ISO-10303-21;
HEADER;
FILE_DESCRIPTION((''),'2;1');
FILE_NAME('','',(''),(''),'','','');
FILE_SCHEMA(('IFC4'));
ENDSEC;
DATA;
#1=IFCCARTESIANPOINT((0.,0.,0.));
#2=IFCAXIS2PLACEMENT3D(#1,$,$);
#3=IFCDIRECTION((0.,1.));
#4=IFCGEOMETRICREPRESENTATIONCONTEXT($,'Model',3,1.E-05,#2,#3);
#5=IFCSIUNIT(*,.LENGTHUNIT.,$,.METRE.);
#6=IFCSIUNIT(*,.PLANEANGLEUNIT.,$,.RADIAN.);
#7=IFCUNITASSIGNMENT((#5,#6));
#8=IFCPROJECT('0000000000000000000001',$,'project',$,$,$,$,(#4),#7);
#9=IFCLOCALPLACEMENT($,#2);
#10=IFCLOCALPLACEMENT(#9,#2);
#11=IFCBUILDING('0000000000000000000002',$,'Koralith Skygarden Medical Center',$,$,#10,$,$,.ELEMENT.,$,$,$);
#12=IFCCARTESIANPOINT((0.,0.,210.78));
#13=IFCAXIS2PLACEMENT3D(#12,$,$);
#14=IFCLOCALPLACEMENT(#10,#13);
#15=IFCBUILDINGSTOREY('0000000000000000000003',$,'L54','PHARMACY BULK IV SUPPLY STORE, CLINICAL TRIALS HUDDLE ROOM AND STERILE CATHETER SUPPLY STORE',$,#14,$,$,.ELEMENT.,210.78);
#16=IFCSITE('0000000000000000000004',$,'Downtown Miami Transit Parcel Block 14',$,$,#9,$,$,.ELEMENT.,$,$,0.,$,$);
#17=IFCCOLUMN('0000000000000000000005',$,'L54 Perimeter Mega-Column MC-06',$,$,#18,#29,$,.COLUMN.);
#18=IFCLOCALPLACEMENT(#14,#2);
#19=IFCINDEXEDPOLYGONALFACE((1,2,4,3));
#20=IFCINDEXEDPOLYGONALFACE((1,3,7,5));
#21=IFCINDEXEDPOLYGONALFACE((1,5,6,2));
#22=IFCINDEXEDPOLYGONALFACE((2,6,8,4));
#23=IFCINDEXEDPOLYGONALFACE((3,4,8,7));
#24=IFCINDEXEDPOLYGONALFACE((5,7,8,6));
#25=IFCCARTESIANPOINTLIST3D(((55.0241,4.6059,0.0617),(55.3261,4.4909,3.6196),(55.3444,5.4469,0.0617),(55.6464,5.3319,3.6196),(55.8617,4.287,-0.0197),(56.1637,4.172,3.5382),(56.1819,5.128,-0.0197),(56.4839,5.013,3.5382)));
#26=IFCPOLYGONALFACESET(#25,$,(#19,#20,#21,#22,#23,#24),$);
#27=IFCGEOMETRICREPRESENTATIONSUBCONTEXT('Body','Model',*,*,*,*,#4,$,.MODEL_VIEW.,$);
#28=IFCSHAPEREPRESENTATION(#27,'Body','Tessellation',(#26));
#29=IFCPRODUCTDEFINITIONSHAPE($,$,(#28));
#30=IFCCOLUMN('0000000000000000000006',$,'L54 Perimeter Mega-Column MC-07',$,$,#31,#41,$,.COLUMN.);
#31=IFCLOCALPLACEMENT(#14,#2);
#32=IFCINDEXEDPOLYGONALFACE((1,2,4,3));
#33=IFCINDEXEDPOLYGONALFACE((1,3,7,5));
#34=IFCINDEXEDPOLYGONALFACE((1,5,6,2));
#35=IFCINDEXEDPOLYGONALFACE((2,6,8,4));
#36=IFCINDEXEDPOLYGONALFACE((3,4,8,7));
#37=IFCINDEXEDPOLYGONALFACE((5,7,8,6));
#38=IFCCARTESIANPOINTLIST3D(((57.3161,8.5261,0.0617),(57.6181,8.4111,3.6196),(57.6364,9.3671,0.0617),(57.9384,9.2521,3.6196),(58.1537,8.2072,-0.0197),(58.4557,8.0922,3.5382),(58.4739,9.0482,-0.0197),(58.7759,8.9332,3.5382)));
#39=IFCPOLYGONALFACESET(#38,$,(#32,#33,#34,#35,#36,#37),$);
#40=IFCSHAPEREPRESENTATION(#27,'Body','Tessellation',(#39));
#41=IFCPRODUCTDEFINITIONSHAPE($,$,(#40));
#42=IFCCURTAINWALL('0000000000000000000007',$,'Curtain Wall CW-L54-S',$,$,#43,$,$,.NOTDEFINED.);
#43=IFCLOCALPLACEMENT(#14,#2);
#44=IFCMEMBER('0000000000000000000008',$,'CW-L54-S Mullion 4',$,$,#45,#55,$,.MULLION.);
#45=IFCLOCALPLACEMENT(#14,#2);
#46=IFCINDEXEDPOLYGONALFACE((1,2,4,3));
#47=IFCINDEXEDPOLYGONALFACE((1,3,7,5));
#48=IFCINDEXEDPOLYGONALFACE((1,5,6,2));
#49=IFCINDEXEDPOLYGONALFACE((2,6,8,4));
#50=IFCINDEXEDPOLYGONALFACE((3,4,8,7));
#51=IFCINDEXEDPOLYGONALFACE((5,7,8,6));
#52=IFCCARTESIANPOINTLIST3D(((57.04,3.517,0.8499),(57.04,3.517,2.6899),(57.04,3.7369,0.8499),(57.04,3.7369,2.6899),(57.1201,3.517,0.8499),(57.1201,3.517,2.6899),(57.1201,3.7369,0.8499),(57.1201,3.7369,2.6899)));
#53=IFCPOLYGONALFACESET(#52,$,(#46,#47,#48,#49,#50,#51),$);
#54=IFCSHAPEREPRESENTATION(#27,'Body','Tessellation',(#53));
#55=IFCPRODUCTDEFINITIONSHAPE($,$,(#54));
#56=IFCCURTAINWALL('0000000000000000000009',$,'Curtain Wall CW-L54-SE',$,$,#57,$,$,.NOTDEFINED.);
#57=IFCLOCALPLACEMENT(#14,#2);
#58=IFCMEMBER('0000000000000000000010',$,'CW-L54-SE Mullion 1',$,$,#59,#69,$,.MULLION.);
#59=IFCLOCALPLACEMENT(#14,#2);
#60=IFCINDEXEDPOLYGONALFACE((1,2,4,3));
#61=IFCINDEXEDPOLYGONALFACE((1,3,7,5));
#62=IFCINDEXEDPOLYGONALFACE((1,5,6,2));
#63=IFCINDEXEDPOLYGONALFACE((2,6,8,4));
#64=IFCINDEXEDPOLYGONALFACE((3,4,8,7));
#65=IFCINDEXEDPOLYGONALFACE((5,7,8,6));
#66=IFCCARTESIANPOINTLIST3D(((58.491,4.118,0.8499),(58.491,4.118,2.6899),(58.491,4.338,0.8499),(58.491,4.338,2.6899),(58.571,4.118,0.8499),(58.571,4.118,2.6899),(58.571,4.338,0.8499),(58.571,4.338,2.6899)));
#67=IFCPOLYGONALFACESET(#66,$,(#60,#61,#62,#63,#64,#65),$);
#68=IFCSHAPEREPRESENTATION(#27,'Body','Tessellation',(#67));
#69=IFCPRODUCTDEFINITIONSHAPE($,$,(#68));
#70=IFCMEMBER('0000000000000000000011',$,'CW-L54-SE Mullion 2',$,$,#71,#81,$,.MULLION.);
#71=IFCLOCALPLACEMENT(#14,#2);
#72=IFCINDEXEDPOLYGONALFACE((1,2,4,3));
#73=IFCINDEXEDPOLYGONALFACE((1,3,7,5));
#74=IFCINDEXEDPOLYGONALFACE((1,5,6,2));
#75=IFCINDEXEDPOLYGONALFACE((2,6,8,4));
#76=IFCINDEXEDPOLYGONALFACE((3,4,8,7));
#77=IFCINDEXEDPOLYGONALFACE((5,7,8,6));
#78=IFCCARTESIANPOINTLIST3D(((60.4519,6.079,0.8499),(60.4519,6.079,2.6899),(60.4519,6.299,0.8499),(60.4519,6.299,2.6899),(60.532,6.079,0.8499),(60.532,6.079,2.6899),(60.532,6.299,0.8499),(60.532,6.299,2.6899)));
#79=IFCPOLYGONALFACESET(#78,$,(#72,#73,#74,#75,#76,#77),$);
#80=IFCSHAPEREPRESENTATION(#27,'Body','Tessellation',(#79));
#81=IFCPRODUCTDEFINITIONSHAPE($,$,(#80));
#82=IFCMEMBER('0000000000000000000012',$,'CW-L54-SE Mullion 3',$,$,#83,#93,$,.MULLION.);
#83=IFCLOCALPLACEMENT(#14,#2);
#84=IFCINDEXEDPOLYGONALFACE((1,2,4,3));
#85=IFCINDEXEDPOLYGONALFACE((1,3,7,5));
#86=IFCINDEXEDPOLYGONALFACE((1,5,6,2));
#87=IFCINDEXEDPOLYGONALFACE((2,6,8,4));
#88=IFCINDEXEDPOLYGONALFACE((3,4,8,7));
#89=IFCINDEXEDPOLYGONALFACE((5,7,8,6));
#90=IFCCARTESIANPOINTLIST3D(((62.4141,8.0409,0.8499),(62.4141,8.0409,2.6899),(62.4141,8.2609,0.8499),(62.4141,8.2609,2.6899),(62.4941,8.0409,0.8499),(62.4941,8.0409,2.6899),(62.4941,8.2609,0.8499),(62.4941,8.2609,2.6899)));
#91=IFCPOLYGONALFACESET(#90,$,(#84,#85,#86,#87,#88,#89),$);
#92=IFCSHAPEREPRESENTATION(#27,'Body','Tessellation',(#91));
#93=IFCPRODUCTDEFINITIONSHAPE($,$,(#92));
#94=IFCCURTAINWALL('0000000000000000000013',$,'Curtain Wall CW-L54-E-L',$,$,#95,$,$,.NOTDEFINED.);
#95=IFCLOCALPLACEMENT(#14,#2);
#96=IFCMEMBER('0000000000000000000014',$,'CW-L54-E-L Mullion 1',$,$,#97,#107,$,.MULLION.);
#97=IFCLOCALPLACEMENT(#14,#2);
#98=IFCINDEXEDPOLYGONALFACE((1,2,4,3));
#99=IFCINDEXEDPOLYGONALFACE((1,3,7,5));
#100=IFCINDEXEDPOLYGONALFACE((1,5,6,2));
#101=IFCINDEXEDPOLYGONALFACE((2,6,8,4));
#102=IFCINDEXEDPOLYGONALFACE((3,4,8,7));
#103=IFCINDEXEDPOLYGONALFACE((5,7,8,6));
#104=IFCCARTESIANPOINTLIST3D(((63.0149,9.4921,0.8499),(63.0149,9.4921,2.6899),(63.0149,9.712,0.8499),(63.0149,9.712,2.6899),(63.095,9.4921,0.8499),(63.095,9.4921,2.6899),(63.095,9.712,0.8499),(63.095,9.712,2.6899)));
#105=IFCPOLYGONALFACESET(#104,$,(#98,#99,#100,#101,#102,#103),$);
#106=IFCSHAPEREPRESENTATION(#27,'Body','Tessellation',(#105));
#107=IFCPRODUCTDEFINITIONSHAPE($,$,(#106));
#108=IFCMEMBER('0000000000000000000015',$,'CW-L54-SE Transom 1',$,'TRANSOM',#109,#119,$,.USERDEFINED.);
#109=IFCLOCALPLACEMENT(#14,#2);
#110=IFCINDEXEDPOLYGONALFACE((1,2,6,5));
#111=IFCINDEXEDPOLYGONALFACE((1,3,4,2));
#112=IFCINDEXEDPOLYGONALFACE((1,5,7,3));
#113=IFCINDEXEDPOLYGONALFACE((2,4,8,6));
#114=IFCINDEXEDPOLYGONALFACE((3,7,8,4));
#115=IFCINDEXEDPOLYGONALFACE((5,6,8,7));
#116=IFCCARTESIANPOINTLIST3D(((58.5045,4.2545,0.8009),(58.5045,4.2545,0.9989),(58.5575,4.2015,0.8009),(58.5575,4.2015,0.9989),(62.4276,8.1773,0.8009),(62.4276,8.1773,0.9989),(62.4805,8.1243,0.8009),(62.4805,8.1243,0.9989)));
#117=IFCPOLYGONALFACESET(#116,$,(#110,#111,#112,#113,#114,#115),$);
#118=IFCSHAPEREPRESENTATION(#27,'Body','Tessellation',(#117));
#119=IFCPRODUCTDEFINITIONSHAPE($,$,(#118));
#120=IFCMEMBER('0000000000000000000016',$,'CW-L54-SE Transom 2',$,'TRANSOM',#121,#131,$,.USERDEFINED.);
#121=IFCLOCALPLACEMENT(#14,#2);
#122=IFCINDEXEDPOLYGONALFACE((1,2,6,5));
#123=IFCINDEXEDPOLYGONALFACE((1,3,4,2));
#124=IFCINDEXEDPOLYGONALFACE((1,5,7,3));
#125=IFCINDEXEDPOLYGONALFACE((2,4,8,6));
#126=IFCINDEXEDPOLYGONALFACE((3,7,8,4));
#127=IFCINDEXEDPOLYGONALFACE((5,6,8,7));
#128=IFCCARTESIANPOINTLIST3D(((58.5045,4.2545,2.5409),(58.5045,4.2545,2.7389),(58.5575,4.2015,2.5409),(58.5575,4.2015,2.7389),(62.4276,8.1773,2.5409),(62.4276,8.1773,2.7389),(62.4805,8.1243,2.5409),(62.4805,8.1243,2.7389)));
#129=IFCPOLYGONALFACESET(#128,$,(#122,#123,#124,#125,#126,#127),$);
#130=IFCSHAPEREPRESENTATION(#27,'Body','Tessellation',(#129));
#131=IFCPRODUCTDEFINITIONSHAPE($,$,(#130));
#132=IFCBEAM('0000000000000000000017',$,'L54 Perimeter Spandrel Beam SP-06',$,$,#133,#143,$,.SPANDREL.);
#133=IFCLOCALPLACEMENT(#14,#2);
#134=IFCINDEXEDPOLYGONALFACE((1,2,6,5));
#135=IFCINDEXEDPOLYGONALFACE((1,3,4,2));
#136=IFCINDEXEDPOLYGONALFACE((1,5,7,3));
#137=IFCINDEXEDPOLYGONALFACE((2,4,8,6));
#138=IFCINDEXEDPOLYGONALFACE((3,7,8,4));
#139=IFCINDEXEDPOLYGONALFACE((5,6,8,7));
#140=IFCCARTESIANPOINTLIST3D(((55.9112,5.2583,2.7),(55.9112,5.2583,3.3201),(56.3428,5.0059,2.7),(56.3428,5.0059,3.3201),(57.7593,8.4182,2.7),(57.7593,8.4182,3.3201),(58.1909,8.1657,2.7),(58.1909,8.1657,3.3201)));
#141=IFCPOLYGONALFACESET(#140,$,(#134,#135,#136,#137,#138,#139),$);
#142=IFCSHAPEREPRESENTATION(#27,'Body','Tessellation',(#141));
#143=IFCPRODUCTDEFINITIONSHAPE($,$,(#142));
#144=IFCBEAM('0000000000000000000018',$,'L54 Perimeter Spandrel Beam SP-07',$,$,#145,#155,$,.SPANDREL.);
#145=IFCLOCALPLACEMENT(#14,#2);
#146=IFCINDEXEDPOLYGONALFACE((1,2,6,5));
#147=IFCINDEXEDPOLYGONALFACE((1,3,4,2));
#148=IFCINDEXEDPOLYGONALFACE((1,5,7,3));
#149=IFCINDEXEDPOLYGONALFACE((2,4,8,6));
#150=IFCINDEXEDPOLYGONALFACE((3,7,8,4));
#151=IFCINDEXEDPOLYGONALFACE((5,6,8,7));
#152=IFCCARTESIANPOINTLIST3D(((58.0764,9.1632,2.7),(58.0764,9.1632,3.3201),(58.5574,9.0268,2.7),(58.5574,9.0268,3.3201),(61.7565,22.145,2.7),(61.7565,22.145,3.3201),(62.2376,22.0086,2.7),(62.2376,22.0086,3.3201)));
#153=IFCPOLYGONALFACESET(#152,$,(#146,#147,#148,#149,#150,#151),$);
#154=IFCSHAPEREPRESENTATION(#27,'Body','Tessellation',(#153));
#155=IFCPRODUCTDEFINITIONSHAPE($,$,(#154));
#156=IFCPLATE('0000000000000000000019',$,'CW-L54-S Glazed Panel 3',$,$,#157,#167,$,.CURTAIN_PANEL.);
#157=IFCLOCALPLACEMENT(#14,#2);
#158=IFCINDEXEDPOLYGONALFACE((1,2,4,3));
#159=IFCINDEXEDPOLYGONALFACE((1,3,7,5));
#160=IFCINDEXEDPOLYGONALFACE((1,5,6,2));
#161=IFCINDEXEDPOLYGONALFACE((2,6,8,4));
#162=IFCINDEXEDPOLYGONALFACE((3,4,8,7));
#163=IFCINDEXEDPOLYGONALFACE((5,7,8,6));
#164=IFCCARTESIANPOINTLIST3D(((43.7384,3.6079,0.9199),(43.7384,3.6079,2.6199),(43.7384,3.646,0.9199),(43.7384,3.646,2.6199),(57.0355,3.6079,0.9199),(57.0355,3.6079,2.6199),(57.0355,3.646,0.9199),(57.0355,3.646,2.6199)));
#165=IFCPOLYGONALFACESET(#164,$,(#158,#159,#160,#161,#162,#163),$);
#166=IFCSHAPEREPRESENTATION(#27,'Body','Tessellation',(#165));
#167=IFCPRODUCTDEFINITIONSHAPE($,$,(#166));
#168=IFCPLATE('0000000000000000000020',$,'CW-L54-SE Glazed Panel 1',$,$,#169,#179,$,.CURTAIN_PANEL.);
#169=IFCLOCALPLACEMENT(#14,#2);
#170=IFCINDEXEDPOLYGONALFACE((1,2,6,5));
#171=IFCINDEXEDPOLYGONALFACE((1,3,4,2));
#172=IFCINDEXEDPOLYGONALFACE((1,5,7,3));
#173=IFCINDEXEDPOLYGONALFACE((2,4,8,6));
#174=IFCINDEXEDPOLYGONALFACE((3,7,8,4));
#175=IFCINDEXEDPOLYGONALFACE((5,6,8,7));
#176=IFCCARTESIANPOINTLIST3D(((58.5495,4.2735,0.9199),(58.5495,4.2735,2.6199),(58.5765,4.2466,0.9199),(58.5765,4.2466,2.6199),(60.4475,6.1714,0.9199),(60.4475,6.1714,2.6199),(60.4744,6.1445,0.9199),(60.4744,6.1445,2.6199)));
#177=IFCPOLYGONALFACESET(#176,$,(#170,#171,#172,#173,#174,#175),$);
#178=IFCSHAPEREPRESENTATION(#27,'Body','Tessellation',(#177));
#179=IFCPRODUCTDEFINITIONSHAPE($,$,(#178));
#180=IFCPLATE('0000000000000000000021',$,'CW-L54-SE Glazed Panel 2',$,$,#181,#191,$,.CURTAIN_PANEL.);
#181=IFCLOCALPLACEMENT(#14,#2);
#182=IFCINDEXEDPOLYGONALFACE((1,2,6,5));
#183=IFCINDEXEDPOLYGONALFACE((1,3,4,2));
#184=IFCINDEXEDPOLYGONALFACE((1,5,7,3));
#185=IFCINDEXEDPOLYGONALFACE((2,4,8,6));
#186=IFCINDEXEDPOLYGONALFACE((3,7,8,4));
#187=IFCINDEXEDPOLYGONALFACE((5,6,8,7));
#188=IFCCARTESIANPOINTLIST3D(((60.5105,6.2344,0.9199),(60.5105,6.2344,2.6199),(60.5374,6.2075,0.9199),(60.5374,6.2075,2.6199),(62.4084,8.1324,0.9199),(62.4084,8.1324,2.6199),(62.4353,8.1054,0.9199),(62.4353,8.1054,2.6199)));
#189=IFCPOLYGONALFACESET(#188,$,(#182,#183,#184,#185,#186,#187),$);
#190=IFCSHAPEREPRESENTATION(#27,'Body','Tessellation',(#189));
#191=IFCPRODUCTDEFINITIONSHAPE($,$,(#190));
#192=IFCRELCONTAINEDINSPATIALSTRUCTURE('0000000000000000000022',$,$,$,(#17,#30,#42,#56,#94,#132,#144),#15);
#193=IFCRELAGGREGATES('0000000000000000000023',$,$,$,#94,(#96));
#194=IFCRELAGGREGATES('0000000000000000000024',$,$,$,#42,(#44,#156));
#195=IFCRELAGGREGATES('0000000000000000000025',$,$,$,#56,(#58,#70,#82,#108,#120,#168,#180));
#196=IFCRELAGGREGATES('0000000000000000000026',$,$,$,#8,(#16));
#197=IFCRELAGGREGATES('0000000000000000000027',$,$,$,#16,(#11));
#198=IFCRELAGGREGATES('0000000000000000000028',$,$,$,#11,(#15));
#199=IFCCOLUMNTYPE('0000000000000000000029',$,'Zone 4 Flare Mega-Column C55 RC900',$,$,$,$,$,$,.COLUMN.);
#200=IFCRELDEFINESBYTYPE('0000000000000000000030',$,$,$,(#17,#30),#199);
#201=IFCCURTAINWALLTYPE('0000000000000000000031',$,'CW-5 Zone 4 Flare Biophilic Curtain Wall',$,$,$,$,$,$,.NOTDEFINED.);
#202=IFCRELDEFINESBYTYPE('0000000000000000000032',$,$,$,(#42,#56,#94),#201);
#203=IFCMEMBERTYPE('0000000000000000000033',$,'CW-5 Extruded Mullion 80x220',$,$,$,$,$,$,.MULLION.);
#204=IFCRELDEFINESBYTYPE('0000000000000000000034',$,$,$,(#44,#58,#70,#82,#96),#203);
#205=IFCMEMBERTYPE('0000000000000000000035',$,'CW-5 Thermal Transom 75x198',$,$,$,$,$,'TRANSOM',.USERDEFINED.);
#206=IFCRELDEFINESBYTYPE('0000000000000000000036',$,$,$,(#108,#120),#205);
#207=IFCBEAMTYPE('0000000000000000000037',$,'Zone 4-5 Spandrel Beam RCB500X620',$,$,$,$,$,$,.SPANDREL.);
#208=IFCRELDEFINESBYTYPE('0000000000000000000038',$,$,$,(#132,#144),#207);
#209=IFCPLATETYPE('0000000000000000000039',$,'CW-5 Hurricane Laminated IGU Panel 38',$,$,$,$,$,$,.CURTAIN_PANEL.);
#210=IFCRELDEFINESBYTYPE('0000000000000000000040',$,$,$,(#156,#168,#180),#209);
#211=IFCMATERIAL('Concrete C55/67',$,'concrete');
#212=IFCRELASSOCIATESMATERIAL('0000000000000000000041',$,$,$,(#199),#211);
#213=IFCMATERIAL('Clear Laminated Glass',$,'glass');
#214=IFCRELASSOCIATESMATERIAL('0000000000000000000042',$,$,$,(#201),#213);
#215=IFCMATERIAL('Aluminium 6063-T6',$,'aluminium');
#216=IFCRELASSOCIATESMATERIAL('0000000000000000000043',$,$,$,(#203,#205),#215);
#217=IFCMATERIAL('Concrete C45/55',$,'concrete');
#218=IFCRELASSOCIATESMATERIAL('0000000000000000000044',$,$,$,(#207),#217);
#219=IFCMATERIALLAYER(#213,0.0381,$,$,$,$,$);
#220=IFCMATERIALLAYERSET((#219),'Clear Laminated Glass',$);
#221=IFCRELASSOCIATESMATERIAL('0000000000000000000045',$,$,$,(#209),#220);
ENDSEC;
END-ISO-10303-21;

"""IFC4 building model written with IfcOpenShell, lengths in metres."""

from ifc_helpers import new_model, si_unit, direction, frame, origin, origin_2d, place, context, subcontext, project, spatial, rectangle, extrude, material, layer, layer_set, material_profile, profile_set, type_object, element, aggregate, save


model = new_model("IFC4")

# Units and contexts
model_context = context("Model", 3, precision=1e-05, world=origin(), true_north=direction((0.0, 1.0)))
body_context = subcontext(model_context, "Body", "Model", "MODEL_VIEW")
ifc_project = project(units=[si_unit("LENGTHUNIT", "METRE"), si_unit("PLANEANGLEUNIT", "RADIAN")], contexts=[model_context])

# Site, building, storey
site_placement = place(None, origin())
site = spatial("IfcSite", under=ifc_project, at=site_placement, Name="Downtown Miami Transit Parcel Block 14", CompositionType="ELEMENT", RefElevation=0.0)
building_placement = place(site_placement, origin())
building = spatial("IfcBuilding", under=site, at=building_placement, Name="Koralith Skygarden Medical Center", CompositionType="ELEMENT")
storey_placement = place(building_placement, frame((0.0, 0.0, 210.78)))
storey = spatial("IfcBuildingStorey", under=building, at=storey_placement, Name="L54", Description="PHARMACY BULK IV SUPPLY STORE, CLINICAL TRIALS HUDDLE ROOM AND STERILE CATHETER SUPPLY STORE", CompositionType="ELEMENT", Elevation=210.78)

# Columns
ifc_material_1 = material(Name="Concrete C55/67", Category="concrete")
ifc_material_profile_1 = material_profile(ifc_material_1, rectangle(XDim=0.8999, YDim=0.8999, at=origin_2d()), Name="RC900X900")
ifc_profile_set_1 = profile_set([ifc_material_profile_1], Name="Concrete C55/67")
column_type = type_object("IfcColumnType", Name="Zone 4 Flare Mega-Column C55 RC900", PredefinedType="COLUMN", material=ifc_profile_set_1)
for number, where, z_axis, x_axis, name in (
    (1, (55.603, 4.8669, 0.021), (0.084535, -0.032188, 0.9959), (0.355838, 0.934548, 0.0), "L54 Perimeter Mega-Column MC-06"),
    (2, (57.895, 8.7871, 0.021), (0.084535, -0.032188, 0.9959), (0.355838, 0.934548, 0.0), "L54 Perimeter Mega-Column MC-07"),
):
    element("IfcColumn", number, at=place(storey_placement, frame(where, z_axis=z_axis, x_axis=x_axis)), inside=storey, type_object=column_type, Name=name, PredefinedType="COLUMN", context=body_context, shape_type="SweptSolid", body=[
        extrude(rectangle(XDim=0.8999, YDim=0.8999, at=origin_2d()), origin(), (0.0, 0.0, 1.0), 3.5725),
    ])

# Curtain wall, member
ifc_material_2 = material(Name="Clear Laminated Glass", Category="glass")
curtain_wall_type = type_object("IfcCurtainWallType", Name="CW-5 Zone 4 Flare Biophilic Curtain Wall", PredefinedType="NOTDEFINED", material=ifc_material_2)
curtain_wall_1_placement = place(storey_placement, origin())
curtain_wall_1 = element("IfcCurtainWall", 3, at=curtain_wall_1_placement, inside=storey, type_object=curtain_wall_type, Name="Curtain Wall CW-L54-S", PredefinedType="NOTDEFINED")
ifc_material_3 = material(Name="Aluminium 6063-T6", Category="aluminium")
ifc_material_profile_2 = material_profile(ifc_material_3, rectangle(XDim=0.0801, YDim=0.22, at=origin_2d()), Name="MUL80X220")
ifc_profile_set_2 = profile_set([ifc_material_profile_2], Name="Aluminium 6063-T6")
member_type_1 = type_object("IfcMemberType", Name="CW-5 Extruded Mullion 80x220", PredefinedType="MULLION", material=ifc_profile_set_2)
member_1_placement = place(storey_placement, frame((57.0801, 3.627, 0.8499), z_axis=(0.0, 0.0, 1.0), x_axis=(1.0, 0.0, 0.0)))
member_1 = element("IfcMember", 4, at=member_1_placement, type_object=member_type_1, Name="CW-L54-S Mullion 4", PredefinedType="MULLION", context=body_context, shape_type="SweptSolid", body=[
    extrude(rectangle(XDim=0.0801, YDim=0.22, at=origin_2d()), origin(), (0.0, 0.0, 1.0), 1.8401),
])

# Curtain wall, members
curtain_wall_2_placement = place(storey_placement, origin())
curtain_wall_2 = element("IfcCurtainWall", 5, at=curtain_wall_2_placement, inside=storey, type_object=curtain_wall_type, Name="Curtain Wall CW-L54-SE", PredefinedType="NOTDEFINED")
member_2_placement = place(storey_placement, frame((58.531, 4.228, 0.8499), z_axis=(0.0, 0.0, 1.0), x_axis=(1.0, 0.0, 0.0)))
member_2 = element("IfcMember", 6, at=member_2_placement, type_object=member_type_1, Name="CW-L54-SE Mullion 1", PredefinedType="MULLION", context=body_context, shape_type="SweptSolid", body=[
    extrude(rectangle(XDim=0.0801, YDim=0.22, at=origin_2d()), origin(), (0.0, 0.0, 1.0), 1.8401),
])
member_3_placement = place(storey_placement, frame((60.4919, 6.189, 0.8499), z_axis=(0.0, 0.0, 1.0), x_axis=(1.0, 0.0, 0.0)))
member_3 = element("IfcMember", 7, at=member_3_placement, type_object=member_type_1, Name="CW-L54-SE Mullion 2", PredefinedType="MULLION", context=body_context, shape_type="SweptSolid", body=[
    extrude(rectangle(XDim=0.0801, YDim=0.22, at=origin_2d()), origin(), (0.0, 0.0, 1.0), 1.8401),
])
member_4_placement = place(storey_placement, frame((62.4541, 8.1509, 0.8499), z_axis=(0.0, 0.0, 1.0), x_axis=(1.0, 0.0, 0.0)))
member_4 = element("IfcMember", 8, at=member_4_placement, type_object=member_type_1, Name="CW-L54-SE Mullion 3", PredefinedType="MULLION", context=body_context, shape_type="SweptSolid", body=[
    extrude(rectangle(XDim=0.0801, YDim=0.22, at=origin_2d()), origin(), (0.0, 0.0, 1.0), 1.8401),
])

# Curtain wall, member
curtain_wall_3_placement = place(storey_placement, origin())
curtain_wall_3 = element("IfcCurtainWall", 9, at=curtain_wall_3_placement, inside=storey, type_object=curtain_wall_type, Name="Curtain Wall CW-L54-E-L", PredefinedType="NOTDEFINED")
member_5_placement = place(storey_placement, frame((63.0549, 9.6021, 0.8499), z_axis=(0.0, 0.0, 1.0), x_axis=(1.0, 0.0, 0.0)))
member_5 = element("IfcMember", 10, at=member_5_placement, type_object=member_type_1, Name="CW-L54-E-L Mullion 1", PredefinedType="MULLION", context=body_context, shape_type="SweptSolid", body=[
    extrude(rectangle(XDim=0.0801, YDim=0.22, at=origin_2d()), origin(), (0.0, 0.0, 1.0), 1.8401),
])
aggregate(curtain_wall_3, [member_5])

# Members
ifc_material_profile_3 = material_profile(ifc_material_3, rectangle(XDim=0.075, YDim=0.198, at=origin_2d()), Name="TRN75X198")
ifc_profile_set_3 = profile_set([ifc_material_profile_3], Name="Aluminium 6063-T6")
member_type_2 = type_object("IfcMemberType", Name="CW-5 Thermal Transom 75x198", ElementType="TRANSOM", PredefinedType="USERDEFINED", material=ifc_profile_set_3)
member_6_placement = place(storey_placement, frame((58.531, 4.228, 0.8999), z_axis=(0.707129, 0.707085, 0.0), x_axis=(-0.707085, 0.707129, 0.0)))
member_6 = element("IfcMember", 11, at=member_6_placement, type_object=member_type_2, Name="CW-L54-SE Transom 1", ObjectType="TRANSOM", PredefinedType="USERDEFINED", context=body_context, shape_type="SweptSolid", body=[
    extrude(rectangle(XDim=0.075, YDim=0.198, at=origin_2d()), origin(), (0.0, 0.0, 1.0), 5.5479),
])
member_7_placement = place(storey_placement, frame((58.531, 4.228, 2.6399), z_axis=(0.707129, 0.707085, 0.0), x_axis=(-0.707085, 0.707129, 0.0)))
member_7 = element("IfcMember", 12, at=member_7_placement, type_object=member_type_2, Name="CW-L54-SE Transom 2", ObjectType="TRANSOM", PredefinedType="USERDEFINED", context=body_context, shape_type="SweptSolid", body=[
    extrude(rectangle(XDim=0.075, YDim=0.198, at=origin_2d()), origin(), (0.0, 0.0, 1.0), 5.5479),
])

# Beams
ifc_material_4 = material(Name="Concrete C45/55", Category="concrete")
ifc_material_profile_4 = material_profile(ifc_material_4, rectangle(XDim=0.5, YDim=0.6201, at=origin_2d()), Name="RCB500X620")
ifc_profile_set_4 = profile_set([ifc_material_profile_4], Name="Concrete C45/55")
beam_type = type_object("IfcBeamType", Name="Zone 4-5 Spandrel Beam RCB500X620", PredefinedType="SPANDREL", material=ifc_profile_set_4)
beam_1_placement = place(storey_placement, frame((56.127, 5.1321, 3.01), z_axis=(0.504862, 0.8632, 0.0), x_axis=(-0.8632, 0.504862, 0.0)))
element("IfcBeam", 13, at=beam_1_placement, inside=storey, type_object=beam_type, Name="L54 Perimeter Spandrel Beam SP-06", PredefinedType="SPANDREL", context=body_context, shape_type="SweptSolid", body=[
    extrude(rectangle(XDim=0.5, YDim=0.6201, at=origin_2d()), origin(), (0.0, 0.0, 1.0), 3.6606),
])
beam_2_placement = place(storey_placement, frame((58.3169, 9.095, 3.01), z_axis=(0.272737, 0.962089, 0.0), x_axis=(-0.962089, 0.272737, 0.0)))
element("IfcBeam", 14, at=beam_2_placement, inside=storey, type_object=beam_type, Name="L54 Perimeter Spandrel Beam SP-07", PredefinedType="SPANDREL", context=body_context, shape_type="SweptSolid", body=[
    extrude(rectangle(XDim=0.5, YDim=0.6201, at=origin_2d()), origin(), (0.0, 0.0, 1.0), 13.4934),
])

# Plates
ifc_layer_1 = layer(ifc_material_2, 0.0381)
ifc_layer_set_1 = layer_set([ifc_layer_1], Name="Clear Laminated Glass")
plate_type_1 = type_object("IfcPlateType", Name="CW-5 Hurricane Laminated IGU Panel 38", PredefinedType="CURTAIN_PANEL", material=ifc_layer_set_1)
plate_1_placement = place(storey_placement, frame((50.387, 3.627, 0.9199), z_axis=(0.0, 0.0, 1.0), x_axis=(1.0, 0.0, 0.0)))
plate_1 = element("IfcPlate", 15, at=plate_1_placement, type_object=plate_type_1, Name="CW-L54-S Glazed Panel 3", PredefinedType="CURTAIN_PANEL", context=body_context, shape_type="SweptSolid", body=[
    extrude(rectangle(XDim=13.2971, YDim=0.0381, at=origin_2d()), origin(), (0.0, 0.0, 1.0), 1.7),
])
aggregate(curtain_wall_1, [member_1, plate_1])
plate_2_placement = place(storey_placement, frame((59.512, 5.209, 0.9199), z_axis=(0.0, 0.0, 1.0), x_axis=(0.707107, 0.707107, 0.0)))
plate_2 = element("IfcPlate", 16, at=plate_2_placement, type_object=plate_type_1, Name="CW-L54-SE Glazed Panel 1", PredefinedType="CURTAIN_PANEL", context=body_context, shape_type="SweptSolid", body=[
    extrude(rectangle(XDim=2.6841, YDim=0.0381, at=origin_2d()), origin(), (0.0, 0.0, 1.0), 1.7),
])
plate_3_placement = place(storey_placement, frame((61.4729, 7.1699, 0.9199), z_axis=(0.0, 0.0, 1.0), x_axis=(0.707107, 0.707107, 0.0)))
plate_3 = element("IfcPlate", 17, at=plate_3_placement, type_object=plate_type_1, Name="CW-L54-SE Glazed Panel 2", PredefinedType="CURTAIN_PANEL", context=body_context, shape_type="SweptSolid", body=[
    extrude(rectangle(XDim=2.6841, YDim=0.0381, at=origin_2d()), origin(), (0.0, 0.0, 1.0), 1.7),
])
aggregate(curtain_wall_2, [member_2, member_3, member_4, member_6, member_7, plate_2, plate_3])

save(model, "model.ifc")
